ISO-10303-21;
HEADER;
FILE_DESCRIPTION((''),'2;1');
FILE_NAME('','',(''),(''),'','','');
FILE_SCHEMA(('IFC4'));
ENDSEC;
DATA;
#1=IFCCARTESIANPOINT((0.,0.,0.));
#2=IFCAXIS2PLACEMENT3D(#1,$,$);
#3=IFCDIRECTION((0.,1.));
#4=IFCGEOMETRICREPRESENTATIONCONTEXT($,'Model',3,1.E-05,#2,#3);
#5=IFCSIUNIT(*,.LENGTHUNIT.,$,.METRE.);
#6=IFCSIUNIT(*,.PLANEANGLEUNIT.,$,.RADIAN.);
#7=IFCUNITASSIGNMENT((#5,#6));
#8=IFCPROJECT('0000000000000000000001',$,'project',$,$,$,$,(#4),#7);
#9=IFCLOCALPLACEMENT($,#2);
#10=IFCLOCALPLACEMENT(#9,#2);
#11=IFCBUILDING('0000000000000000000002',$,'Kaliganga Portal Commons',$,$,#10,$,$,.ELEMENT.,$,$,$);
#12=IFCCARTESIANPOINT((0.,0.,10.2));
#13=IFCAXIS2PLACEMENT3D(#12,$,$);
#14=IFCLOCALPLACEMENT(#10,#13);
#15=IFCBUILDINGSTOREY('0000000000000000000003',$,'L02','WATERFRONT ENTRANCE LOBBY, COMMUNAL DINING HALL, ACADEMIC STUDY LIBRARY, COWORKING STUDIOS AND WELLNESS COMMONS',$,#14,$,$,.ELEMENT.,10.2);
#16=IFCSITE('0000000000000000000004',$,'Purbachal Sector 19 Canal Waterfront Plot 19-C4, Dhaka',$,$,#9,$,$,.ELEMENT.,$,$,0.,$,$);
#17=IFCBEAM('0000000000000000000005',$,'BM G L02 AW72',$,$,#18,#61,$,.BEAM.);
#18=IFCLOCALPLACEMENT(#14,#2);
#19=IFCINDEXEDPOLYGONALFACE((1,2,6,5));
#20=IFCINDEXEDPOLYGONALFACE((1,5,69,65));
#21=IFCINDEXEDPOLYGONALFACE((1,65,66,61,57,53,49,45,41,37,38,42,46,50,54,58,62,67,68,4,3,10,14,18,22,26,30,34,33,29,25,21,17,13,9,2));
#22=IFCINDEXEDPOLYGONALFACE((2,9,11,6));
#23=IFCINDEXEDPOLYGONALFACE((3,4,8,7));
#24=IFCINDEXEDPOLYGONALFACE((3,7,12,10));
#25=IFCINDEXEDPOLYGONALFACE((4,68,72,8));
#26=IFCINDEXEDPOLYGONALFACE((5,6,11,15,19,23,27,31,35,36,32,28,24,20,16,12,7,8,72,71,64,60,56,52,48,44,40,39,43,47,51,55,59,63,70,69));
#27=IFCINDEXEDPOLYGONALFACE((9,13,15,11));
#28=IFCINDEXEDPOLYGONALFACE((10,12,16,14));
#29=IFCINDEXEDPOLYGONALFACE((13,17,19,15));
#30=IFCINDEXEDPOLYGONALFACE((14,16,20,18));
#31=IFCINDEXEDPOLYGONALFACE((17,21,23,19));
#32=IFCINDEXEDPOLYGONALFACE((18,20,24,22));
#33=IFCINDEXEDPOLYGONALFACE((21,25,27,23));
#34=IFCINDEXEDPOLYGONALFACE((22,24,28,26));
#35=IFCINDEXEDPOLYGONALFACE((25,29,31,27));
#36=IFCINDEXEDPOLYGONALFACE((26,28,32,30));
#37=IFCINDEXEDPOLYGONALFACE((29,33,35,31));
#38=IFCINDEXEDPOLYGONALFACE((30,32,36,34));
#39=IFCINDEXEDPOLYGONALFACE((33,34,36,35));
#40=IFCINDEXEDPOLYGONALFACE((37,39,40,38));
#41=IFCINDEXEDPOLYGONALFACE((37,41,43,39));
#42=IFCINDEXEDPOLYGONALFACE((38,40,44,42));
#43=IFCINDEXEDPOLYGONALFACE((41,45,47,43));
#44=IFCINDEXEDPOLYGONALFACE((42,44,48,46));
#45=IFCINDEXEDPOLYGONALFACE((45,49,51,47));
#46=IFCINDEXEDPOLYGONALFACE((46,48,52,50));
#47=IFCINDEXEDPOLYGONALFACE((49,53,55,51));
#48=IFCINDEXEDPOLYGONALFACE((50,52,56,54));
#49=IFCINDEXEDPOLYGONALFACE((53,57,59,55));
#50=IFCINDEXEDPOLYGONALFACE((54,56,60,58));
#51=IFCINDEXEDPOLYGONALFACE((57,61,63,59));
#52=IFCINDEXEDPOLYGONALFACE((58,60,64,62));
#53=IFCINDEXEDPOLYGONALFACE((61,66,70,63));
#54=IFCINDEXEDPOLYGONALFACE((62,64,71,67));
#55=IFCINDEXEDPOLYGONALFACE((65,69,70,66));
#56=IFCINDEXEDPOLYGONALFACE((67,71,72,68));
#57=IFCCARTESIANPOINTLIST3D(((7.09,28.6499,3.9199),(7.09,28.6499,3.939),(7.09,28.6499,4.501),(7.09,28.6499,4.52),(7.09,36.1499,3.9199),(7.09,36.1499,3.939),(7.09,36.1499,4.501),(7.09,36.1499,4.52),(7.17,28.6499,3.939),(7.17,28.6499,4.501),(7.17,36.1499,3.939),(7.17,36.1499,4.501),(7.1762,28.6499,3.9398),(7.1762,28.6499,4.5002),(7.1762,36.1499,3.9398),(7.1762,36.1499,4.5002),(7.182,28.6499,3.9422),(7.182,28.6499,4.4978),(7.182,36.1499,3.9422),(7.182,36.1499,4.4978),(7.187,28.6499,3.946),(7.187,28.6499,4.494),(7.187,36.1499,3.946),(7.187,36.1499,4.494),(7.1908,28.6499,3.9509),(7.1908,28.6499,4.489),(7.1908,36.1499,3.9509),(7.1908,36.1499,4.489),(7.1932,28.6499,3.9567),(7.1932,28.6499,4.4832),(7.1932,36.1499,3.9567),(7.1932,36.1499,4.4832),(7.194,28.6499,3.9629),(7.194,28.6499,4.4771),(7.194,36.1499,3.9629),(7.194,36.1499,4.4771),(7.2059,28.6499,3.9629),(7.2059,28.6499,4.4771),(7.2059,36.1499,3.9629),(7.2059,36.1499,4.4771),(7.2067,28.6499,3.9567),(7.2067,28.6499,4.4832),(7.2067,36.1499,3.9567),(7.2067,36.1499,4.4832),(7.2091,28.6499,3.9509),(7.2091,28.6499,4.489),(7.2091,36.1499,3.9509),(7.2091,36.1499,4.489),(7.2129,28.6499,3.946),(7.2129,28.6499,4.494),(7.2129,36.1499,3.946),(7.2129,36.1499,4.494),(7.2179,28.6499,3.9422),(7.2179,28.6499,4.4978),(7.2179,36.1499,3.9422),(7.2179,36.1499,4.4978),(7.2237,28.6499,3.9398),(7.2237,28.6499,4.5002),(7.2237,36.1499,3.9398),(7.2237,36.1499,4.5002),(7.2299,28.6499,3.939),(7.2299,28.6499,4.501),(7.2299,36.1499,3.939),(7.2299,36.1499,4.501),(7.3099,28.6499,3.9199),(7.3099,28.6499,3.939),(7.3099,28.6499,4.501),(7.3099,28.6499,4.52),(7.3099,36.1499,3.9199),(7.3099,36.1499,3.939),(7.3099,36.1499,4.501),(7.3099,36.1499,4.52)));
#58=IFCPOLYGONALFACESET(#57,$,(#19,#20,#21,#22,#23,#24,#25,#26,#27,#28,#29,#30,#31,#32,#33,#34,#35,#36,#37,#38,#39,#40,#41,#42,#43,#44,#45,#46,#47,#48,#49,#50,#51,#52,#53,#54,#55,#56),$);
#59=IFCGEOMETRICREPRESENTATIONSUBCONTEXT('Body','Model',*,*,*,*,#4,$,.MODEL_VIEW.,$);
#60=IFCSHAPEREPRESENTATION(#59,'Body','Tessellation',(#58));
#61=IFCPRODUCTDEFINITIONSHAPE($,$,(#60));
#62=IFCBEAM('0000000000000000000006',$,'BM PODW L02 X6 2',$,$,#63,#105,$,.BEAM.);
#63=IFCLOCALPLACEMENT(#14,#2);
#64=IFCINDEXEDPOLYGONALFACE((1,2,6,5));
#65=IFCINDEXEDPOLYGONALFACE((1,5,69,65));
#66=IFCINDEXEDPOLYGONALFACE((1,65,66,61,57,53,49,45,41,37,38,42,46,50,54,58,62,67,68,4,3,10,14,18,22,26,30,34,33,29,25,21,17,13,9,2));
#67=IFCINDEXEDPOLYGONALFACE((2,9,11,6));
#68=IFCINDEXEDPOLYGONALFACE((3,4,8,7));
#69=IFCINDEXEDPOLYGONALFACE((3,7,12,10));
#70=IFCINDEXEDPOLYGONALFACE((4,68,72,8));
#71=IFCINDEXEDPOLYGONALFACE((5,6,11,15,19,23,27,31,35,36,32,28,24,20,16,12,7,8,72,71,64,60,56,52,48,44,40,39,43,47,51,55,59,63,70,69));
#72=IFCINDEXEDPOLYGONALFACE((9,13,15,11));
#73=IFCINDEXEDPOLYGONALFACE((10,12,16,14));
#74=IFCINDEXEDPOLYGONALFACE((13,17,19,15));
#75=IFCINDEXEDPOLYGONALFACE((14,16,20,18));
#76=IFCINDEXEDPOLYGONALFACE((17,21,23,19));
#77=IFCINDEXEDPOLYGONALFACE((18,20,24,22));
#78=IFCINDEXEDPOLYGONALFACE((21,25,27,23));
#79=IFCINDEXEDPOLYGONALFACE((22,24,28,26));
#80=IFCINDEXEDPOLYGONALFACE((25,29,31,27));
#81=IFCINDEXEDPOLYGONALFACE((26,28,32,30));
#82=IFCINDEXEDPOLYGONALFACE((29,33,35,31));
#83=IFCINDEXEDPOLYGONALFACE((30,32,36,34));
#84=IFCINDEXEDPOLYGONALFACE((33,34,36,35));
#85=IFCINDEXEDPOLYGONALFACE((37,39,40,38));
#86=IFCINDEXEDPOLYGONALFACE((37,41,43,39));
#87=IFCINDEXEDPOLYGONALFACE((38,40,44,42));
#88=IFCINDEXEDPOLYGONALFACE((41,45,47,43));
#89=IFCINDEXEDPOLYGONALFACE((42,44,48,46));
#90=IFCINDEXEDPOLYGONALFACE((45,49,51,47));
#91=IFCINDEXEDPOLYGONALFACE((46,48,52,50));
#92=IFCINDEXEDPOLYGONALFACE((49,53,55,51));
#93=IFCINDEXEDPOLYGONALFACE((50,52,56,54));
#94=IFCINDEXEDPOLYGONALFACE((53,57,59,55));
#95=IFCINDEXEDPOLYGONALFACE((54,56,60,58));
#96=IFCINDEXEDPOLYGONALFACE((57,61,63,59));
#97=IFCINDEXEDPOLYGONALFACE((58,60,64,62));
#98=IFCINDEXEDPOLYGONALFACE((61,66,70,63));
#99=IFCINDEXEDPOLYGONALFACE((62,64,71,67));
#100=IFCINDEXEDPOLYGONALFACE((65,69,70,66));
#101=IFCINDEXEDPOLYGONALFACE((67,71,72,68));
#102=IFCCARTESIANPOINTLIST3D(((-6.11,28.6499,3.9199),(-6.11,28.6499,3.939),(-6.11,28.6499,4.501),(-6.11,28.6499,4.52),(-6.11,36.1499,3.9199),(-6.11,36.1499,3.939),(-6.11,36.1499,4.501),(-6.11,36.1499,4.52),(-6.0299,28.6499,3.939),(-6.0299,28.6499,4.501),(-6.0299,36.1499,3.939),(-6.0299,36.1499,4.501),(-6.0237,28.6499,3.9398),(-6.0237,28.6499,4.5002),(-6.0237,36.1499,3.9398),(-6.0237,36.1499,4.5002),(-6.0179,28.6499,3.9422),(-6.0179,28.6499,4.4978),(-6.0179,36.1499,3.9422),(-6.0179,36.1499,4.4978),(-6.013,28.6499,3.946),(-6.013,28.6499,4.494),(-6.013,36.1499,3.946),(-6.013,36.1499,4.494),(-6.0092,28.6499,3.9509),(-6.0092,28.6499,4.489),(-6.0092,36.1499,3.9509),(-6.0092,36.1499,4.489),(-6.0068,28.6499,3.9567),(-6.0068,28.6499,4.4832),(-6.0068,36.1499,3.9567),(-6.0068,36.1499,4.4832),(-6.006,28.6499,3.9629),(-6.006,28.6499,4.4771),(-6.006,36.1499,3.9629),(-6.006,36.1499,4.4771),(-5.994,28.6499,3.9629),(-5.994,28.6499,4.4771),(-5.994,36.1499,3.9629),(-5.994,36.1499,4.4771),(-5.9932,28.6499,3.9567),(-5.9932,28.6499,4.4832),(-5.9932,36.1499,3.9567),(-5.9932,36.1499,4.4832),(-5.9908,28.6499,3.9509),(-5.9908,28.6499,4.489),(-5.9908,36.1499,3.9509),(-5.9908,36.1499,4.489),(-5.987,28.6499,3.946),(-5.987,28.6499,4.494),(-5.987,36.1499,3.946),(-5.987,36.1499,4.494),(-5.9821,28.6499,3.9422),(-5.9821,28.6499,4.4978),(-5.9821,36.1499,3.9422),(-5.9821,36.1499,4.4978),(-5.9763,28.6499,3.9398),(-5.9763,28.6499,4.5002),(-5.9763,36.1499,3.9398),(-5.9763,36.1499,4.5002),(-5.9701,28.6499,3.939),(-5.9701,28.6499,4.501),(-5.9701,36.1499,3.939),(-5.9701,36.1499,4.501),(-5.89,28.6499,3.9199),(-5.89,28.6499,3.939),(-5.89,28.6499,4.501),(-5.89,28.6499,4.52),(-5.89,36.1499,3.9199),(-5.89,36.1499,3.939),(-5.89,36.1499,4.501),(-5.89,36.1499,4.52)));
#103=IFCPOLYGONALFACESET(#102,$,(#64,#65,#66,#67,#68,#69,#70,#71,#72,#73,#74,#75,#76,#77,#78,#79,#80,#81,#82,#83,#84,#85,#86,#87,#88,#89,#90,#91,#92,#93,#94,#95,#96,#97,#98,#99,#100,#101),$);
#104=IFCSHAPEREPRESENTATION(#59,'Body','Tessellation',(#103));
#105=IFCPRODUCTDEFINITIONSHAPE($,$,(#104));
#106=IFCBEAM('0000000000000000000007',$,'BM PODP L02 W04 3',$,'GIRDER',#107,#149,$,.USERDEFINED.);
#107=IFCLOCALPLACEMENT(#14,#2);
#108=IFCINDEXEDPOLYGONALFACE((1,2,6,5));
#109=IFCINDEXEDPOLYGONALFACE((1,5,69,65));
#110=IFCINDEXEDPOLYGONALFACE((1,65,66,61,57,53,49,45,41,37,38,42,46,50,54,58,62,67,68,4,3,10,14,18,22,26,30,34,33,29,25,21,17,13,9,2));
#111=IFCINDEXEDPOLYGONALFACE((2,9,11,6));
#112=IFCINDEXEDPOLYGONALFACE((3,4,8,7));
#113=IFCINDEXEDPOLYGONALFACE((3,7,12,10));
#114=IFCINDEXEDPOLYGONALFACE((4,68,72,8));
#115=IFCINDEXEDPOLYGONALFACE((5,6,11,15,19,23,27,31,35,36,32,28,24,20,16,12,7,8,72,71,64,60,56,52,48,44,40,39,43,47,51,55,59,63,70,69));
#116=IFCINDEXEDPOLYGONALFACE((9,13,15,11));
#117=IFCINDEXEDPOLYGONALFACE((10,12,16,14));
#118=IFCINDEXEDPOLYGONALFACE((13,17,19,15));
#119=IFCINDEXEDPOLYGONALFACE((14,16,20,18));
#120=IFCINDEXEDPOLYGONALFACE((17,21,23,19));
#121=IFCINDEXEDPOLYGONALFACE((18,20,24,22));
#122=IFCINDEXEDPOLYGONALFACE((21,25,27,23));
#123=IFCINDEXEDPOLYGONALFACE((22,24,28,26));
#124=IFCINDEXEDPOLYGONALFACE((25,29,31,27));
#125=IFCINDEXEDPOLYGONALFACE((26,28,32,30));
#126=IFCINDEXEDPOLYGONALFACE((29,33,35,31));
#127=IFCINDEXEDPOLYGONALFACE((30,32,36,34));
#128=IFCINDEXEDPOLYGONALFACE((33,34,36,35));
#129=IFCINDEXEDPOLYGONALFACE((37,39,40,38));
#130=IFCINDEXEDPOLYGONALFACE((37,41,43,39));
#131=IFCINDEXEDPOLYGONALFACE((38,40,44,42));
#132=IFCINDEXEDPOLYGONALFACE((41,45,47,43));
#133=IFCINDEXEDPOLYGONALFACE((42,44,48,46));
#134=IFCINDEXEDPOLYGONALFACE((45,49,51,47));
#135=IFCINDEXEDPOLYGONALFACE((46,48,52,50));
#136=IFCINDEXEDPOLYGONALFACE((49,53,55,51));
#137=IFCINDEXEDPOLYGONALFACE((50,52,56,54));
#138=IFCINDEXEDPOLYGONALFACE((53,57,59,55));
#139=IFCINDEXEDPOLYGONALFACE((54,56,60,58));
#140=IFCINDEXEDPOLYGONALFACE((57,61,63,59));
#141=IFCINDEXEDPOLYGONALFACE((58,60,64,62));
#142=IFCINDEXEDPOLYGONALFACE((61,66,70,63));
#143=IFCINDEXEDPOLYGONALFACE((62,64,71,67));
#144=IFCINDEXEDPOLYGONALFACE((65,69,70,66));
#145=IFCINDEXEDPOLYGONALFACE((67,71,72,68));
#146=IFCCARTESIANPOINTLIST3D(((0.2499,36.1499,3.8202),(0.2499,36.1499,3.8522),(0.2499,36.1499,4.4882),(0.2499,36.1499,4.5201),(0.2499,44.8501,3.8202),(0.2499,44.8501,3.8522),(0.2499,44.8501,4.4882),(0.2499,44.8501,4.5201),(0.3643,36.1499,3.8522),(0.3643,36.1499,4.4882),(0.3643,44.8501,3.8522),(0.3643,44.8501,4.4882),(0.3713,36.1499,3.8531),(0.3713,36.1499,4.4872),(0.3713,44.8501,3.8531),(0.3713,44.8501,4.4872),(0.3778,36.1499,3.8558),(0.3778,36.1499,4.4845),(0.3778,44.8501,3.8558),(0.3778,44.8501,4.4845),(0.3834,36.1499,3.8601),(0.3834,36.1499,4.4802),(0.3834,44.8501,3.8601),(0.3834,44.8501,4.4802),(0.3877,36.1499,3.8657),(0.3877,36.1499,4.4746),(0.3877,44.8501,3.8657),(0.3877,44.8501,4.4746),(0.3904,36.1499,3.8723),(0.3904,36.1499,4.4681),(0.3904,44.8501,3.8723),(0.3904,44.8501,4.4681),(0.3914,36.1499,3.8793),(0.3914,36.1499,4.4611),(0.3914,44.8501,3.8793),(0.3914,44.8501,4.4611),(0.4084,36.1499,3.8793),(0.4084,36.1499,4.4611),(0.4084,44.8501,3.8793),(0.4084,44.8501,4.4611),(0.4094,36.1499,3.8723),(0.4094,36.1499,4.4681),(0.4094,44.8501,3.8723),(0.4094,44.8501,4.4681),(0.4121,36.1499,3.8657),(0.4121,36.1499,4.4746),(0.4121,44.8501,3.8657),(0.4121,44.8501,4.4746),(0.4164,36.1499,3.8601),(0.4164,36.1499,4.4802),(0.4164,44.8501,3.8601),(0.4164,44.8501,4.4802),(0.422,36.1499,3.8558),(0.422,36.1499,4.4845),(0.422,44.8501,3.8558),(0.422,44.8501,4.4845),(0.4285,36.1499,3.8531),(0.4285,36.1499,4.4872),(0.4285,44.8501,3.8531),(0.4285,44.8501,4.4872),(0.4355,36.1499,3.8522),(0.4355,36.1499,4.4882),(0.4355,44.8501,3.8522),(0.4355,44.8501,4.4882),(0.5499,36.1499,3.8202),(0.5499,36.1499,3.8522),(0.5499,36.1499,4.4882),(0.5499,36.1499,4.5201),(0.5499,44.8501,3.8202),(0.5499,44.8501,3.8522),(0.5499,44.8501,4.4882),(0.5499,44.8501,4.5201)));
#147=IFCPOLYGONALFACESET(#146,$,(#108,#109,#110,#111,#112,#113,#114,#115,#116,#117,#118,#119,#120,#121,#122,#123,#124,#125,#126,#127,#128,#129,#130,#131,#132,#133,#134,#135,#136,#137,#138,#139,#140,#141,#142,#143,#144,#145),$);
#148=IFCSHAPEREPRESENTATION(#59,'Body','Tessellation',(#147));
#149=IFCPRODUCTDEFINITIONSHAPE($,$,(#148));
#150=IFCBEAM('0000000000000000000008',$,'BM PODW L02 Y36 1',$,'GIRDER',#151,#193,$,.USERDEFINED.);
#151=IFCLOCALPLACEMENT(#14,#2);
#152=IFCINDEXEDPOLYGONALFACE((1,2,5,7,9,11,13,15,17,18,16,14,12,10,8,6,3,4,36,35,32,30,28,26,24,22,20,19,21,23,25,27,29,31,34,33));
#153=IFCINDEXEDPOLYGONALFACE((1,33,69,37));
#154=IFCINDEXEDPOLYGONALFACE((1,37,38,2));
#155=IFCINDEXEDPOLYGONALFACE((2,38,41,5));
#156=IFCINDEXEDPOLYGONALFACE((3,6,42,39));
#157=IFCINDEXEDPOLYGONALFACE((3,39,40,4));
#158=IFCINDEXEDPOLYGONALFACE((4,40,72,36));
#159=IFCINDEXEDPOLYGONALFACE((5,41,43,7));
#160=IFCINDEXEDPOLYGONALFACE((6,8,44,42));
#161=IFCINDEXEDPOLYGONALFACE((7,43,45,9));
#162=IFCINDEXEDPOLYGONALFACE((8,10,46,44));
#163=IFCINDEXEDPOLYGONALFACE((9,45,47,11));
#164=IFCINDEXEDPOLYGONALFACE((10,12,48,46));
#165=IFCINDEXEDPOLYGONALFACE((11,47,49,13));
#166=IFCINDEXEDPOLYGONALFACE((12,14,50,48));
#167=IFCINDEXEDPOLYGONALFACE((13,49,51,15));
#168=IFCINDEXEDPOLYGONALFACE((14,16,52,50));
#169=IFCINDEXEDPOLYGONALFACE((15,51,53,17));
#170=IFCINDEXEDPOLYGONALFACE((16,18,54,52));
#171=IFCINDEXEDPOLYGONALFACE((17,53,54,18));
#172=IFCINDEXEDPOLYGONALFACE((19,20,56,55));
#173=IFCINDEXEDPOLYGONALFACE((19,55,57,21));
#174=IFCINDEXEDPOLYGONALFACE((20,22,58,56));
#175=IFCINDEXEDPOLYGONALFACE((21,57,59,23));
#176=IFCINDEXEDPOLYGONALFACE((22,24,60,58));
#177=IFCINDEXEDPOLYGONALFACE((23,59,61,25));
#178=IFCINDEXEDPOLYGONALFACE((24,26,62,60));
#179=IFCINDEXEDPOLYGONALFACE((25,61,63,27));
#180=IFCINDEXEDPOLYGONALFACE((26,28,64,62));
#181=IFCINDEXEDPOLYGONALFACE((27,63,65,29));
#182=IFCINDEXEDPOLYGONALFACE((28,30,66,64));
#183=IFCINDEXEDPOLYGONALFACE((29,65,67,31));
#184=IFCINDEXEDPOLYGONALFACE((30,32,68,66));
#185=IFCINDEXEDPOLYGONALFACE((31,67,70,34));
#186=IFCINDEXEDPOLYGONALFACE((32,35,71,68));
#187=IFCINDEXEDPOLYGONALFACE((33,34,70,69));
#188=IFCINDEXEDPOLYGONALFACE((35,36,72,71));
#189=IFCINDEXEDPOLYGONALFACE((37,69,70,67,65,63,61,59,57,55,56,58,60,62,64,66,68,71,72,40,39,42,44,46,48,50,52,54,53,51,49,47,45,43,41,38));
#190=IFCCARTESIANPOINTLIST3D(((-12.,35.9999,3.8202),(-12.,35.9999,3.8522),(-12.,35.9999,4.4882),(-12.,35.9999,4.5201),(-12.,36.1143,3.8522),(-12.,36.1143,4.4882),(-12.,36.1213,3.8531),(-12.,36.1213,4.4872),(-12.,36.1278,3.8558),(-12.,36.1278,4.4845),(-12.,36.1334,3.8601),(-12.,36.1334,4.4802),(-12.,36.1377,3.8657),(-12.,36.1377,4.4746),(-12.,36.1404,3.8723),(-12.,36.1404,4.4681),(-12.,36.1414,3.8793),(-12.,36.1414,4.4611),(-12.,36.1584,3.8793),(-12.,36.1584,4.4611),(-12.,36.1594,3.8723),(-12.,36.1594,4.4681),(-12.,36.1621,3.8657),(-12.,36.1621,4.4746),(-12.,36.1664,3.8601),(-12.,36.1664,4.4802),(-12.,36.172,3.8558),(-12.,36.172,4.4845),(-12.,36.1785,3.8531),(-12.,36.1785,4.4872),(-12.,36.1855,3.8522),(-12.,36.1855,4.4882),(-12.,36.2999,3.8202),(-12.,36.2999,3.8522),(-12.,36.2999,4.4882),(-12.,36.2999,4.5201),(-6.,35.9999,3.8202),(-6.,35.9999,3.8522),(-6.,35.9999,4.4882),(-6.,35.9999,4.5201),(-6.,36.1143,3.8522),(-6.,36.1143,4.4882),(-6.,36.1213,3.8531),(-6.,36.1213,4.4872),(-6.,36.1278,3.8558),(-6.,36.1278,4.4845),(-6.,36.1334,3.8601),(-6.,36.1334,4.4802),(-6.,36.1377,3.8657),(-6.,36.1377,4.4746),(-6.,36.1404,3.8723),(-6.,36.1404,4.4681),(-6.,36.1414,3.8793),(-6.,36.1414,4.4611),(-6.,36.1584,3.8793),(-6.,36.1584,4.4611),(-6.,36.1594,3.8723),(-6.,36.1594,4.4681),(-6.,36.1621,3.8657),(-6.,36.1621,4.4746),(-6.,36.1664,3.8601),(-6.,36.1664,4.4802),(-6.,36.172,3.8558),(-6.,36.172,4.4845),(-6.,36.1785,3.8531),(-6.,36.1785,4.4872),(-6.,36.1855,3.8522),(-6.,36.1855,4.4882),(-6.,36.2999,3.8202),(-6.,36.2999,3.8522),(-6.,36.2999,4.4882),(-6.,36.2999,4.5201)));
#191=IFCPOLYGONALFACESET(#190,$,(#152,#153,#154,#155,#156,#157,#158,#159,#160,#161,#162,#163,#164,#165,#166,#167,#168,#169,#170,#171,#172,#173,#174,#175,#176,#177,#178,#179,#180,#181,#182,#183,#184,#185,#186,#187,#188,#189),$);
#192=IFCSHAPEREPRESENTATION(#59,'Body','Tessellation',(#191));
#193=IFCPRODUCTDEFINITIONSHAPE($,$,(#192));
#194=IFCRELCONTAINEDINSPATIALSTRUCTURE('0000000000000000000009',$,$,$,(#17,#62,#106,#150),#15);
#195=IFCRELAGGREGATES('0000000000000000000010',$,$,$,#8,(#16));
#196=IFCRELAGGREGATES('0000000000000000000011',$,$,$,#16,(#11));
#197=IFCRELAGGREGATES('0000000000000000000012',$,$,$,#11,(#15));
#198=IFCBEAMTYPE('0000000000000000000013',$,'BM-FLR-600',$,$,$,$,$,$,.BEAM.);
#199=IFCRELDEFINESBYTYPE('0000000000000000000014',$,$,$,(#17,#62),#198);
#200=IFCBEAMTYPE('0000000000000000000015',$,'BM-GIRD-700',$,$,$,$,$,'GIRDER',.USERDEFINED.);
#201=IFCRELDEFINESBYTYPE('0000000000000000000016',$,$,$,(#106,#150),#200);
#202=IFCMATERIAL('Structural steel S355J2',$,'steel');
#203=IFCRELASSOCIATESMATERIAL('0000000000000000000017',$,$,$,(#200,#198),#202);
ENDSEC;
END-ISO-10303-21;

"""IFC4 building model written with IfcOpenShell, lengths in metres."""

from ifc_helpers import new_model, si_unit, direction, frame, origin, origin_2d, place, context, subcontext, project, spatial, i_section, extrude, source, transform, mapped, material, material_profile, profile_set, type_object, element, save


model = new_model("IFC4")

# Units and contexts
model_context = context("Model", 3, precision=1e-05, world=origin(), true_north=direction((0.0, 1.0)))
body_context = subcontext(model_context, "Body", "Model", "MODEL_VIEW")
ifc_project = project(units=[si_unit("LENGTHUNIT", "METRE"), si_unit("PLANEANGLEUNIT", "RADIAN")], contexts=[model_context])

# Site, building, storey
site_placement = place(None, origin())
site = spatial("IfcSite", under=ifc_project, at=site_placement, Name="Purbachal Sector 19 Canal Waterfront Plot 19-C4, Dhaka", CompositionType="ELEMENT", RefElevation=0.0)
building_placement = place(site_placement, origin())
building = spatial("IfcBuilding", under=site, at=building_placement, Name="Kaliganga Portal Commons", CompositionType="ELEMENT")
storey_placement = place(building_placement, frame((0.0, 0.0, 10.2)))
storey = spatial("IfcBuildingStorey", under=building, at=storey_placement, Name="L02", Description="WATERFRONT ENTRANCE LOBBY, COMMUNAL DINING HALL, ACADEMIC STUDY LIBRARY, COWORKING STUDIOS AND WELLNESS COMMONS", CompositionType="ELEMENT", Elevation=10.2)

# Beams
ifc_material_1 = material(Name="Structural steel S355J2", Category="steel")
ifc_material_profile_1 = material_profile(ifc_material_1, i_section(OverallWidth=0.3, OverallDepth=0.7, WebThickness=0.0171, FlangeThickness=0.032, FilletRadius=0.0271, at=origin_2d()), Name="HE 700 B")
ifc_profile_set_1 = profile_set([ifc_material_profile_1], Name="Structural steel S355J2 wide-flange")
beam_type_1 = type_object("IfcBeamType", Name="BM-GIRD-700", ElementType="GIRDER", PredefinedType="USERDEFINED", material=ifc_profile_set_1)
ifc_material_profile_2 = material_profile(ifc_material_1, i_section(OverallWidth=0.22, OverallDepth=0.6001, WebThickness=0.012, FlangeThickness=0.019, FilletRadius=0.0239, at=origin_2d()), Name="IPE 600")
ifc_profile_set_2 = profile_set([ifc_material_profile_2], Name="Structural steel S355J2 wide-flange")
beam_type_2 = type_object("IfcBeamType", Name="BM-FLR-600", PredefinedType="BEAM", material=ifc_profile_set_2)
shared_shape_1 = source(origin(), body_context, "Body", "SweptSolid", [
    extrude(i_section(OverallWidth=0.22, OverallDepth=0.6001, WebThickness=0.012, FlangeThickness=0.019, FilletRadius=0.0239, at=origin_2d()), origin(), (0.0, 0.0, 1.0), 7.5),
])
for number, where, z_axis, x_axis, name in (
    (1, (7.2, 28.6499, 4.22), (0.0, 1.0, 0.0), (-1.0, 0.0, 0.0), "BM G L02 AW72"),
    (2, (-6.0, 28.6499, 4.22), (0.0, 1.0, 0.0), (-1.0, 0.0, 0.0), "BM PODW L02 X6 2"),
):
    element("IfcBeam", number, at=place(storey_placement, frame(where, z_axis=z_axis, x_axis=x_axis)), inside=storey, type_object=beam_type_2, Name=name, PredefinedType="BEAM", context=body_context, shape_type="MappedRepresentation", body=[
        mapped(shared_shape_1, transform((0.0, 0.0, 0.0), x_axis=(1.0, 0.0, 0.0), y_axis=(0.0, 1.0, 0.0), z_axis=(0.0, 0.0, 1.0), scale=1.0)),
    ])
shared_shape_2 = source(origin(), body_context, "Body", "SweptSolid", [
    extrude(i_section(OverallWidth=0.3, OverallDepth=0.7, WebThickness=0.0171, FlangeThickness=0.032, FilletRadius=0.0271, at=origin_2d()), origin(), (0.0, 0.0, 1.0), 8.7002),
])
beam_1_placement = place(storey_placement, frame((0.3999, 36.1499, 4.1702), z_axis=(0.0, 1.0, 0.0), x_axis=(-1.0, 0.0, 0.0)))
element("IfcBeam", 3, at=beam_1_placement, inside=storey, type_object=beam_type_1, Name="BM PODP L02 W04 3", ObjectType="GIRDER", PredefinedType="USERDEFINED", context=body_context, shape_type="MappedRepresentation", body=[
    mapped(shared_shape_2, transform((0.0, 0.0, 0.0), x_axis=(1.0, 0.0, 0.0), y_axis=(0.0, 1.0, 0.0), z_axis=(0.0, 0.0, 1.0), scale=1.0)),
])
shared_shape_3 = source(origin(), body_context, "Body", "SweptSolid", [
    extrude(i_section(OverallWidth=0.3, OverallDepth=0.7, WebThickness=0.0171, FlangeThickness=0.032, FilletRadius=0.0271, at=origin_2d()), origin(), (0.0, 0.0, 1.0), 6.0),
])
beam_2_placement = place(storey_placement, frame((-12.0, 36.1499, 4.1702), z_axis=(1.0, 0.0, 0.0), x_axis=(0.0, 1.0, 0.0)))
element("IfcBeam", 4, at=beam_2_placement, inside=storey, type_object=beam_type_1, Name="BM PODW L02 Y36 1", ObjectType="GIRDER", PredefinedType="USERDEFINED", context=body_context, shape_type="MappedRepresentation", body=[
    mapped(shared_shape_3, transform((0.0, 0.0, 0.0), x_axis=(1.0, 0.0, 0.0), y_axis=(0.0, 1.0, 0.0), z_axis=(0.0, 0.0, 1.0), scale=1.0)),
])

save(model, "model.ifc")
